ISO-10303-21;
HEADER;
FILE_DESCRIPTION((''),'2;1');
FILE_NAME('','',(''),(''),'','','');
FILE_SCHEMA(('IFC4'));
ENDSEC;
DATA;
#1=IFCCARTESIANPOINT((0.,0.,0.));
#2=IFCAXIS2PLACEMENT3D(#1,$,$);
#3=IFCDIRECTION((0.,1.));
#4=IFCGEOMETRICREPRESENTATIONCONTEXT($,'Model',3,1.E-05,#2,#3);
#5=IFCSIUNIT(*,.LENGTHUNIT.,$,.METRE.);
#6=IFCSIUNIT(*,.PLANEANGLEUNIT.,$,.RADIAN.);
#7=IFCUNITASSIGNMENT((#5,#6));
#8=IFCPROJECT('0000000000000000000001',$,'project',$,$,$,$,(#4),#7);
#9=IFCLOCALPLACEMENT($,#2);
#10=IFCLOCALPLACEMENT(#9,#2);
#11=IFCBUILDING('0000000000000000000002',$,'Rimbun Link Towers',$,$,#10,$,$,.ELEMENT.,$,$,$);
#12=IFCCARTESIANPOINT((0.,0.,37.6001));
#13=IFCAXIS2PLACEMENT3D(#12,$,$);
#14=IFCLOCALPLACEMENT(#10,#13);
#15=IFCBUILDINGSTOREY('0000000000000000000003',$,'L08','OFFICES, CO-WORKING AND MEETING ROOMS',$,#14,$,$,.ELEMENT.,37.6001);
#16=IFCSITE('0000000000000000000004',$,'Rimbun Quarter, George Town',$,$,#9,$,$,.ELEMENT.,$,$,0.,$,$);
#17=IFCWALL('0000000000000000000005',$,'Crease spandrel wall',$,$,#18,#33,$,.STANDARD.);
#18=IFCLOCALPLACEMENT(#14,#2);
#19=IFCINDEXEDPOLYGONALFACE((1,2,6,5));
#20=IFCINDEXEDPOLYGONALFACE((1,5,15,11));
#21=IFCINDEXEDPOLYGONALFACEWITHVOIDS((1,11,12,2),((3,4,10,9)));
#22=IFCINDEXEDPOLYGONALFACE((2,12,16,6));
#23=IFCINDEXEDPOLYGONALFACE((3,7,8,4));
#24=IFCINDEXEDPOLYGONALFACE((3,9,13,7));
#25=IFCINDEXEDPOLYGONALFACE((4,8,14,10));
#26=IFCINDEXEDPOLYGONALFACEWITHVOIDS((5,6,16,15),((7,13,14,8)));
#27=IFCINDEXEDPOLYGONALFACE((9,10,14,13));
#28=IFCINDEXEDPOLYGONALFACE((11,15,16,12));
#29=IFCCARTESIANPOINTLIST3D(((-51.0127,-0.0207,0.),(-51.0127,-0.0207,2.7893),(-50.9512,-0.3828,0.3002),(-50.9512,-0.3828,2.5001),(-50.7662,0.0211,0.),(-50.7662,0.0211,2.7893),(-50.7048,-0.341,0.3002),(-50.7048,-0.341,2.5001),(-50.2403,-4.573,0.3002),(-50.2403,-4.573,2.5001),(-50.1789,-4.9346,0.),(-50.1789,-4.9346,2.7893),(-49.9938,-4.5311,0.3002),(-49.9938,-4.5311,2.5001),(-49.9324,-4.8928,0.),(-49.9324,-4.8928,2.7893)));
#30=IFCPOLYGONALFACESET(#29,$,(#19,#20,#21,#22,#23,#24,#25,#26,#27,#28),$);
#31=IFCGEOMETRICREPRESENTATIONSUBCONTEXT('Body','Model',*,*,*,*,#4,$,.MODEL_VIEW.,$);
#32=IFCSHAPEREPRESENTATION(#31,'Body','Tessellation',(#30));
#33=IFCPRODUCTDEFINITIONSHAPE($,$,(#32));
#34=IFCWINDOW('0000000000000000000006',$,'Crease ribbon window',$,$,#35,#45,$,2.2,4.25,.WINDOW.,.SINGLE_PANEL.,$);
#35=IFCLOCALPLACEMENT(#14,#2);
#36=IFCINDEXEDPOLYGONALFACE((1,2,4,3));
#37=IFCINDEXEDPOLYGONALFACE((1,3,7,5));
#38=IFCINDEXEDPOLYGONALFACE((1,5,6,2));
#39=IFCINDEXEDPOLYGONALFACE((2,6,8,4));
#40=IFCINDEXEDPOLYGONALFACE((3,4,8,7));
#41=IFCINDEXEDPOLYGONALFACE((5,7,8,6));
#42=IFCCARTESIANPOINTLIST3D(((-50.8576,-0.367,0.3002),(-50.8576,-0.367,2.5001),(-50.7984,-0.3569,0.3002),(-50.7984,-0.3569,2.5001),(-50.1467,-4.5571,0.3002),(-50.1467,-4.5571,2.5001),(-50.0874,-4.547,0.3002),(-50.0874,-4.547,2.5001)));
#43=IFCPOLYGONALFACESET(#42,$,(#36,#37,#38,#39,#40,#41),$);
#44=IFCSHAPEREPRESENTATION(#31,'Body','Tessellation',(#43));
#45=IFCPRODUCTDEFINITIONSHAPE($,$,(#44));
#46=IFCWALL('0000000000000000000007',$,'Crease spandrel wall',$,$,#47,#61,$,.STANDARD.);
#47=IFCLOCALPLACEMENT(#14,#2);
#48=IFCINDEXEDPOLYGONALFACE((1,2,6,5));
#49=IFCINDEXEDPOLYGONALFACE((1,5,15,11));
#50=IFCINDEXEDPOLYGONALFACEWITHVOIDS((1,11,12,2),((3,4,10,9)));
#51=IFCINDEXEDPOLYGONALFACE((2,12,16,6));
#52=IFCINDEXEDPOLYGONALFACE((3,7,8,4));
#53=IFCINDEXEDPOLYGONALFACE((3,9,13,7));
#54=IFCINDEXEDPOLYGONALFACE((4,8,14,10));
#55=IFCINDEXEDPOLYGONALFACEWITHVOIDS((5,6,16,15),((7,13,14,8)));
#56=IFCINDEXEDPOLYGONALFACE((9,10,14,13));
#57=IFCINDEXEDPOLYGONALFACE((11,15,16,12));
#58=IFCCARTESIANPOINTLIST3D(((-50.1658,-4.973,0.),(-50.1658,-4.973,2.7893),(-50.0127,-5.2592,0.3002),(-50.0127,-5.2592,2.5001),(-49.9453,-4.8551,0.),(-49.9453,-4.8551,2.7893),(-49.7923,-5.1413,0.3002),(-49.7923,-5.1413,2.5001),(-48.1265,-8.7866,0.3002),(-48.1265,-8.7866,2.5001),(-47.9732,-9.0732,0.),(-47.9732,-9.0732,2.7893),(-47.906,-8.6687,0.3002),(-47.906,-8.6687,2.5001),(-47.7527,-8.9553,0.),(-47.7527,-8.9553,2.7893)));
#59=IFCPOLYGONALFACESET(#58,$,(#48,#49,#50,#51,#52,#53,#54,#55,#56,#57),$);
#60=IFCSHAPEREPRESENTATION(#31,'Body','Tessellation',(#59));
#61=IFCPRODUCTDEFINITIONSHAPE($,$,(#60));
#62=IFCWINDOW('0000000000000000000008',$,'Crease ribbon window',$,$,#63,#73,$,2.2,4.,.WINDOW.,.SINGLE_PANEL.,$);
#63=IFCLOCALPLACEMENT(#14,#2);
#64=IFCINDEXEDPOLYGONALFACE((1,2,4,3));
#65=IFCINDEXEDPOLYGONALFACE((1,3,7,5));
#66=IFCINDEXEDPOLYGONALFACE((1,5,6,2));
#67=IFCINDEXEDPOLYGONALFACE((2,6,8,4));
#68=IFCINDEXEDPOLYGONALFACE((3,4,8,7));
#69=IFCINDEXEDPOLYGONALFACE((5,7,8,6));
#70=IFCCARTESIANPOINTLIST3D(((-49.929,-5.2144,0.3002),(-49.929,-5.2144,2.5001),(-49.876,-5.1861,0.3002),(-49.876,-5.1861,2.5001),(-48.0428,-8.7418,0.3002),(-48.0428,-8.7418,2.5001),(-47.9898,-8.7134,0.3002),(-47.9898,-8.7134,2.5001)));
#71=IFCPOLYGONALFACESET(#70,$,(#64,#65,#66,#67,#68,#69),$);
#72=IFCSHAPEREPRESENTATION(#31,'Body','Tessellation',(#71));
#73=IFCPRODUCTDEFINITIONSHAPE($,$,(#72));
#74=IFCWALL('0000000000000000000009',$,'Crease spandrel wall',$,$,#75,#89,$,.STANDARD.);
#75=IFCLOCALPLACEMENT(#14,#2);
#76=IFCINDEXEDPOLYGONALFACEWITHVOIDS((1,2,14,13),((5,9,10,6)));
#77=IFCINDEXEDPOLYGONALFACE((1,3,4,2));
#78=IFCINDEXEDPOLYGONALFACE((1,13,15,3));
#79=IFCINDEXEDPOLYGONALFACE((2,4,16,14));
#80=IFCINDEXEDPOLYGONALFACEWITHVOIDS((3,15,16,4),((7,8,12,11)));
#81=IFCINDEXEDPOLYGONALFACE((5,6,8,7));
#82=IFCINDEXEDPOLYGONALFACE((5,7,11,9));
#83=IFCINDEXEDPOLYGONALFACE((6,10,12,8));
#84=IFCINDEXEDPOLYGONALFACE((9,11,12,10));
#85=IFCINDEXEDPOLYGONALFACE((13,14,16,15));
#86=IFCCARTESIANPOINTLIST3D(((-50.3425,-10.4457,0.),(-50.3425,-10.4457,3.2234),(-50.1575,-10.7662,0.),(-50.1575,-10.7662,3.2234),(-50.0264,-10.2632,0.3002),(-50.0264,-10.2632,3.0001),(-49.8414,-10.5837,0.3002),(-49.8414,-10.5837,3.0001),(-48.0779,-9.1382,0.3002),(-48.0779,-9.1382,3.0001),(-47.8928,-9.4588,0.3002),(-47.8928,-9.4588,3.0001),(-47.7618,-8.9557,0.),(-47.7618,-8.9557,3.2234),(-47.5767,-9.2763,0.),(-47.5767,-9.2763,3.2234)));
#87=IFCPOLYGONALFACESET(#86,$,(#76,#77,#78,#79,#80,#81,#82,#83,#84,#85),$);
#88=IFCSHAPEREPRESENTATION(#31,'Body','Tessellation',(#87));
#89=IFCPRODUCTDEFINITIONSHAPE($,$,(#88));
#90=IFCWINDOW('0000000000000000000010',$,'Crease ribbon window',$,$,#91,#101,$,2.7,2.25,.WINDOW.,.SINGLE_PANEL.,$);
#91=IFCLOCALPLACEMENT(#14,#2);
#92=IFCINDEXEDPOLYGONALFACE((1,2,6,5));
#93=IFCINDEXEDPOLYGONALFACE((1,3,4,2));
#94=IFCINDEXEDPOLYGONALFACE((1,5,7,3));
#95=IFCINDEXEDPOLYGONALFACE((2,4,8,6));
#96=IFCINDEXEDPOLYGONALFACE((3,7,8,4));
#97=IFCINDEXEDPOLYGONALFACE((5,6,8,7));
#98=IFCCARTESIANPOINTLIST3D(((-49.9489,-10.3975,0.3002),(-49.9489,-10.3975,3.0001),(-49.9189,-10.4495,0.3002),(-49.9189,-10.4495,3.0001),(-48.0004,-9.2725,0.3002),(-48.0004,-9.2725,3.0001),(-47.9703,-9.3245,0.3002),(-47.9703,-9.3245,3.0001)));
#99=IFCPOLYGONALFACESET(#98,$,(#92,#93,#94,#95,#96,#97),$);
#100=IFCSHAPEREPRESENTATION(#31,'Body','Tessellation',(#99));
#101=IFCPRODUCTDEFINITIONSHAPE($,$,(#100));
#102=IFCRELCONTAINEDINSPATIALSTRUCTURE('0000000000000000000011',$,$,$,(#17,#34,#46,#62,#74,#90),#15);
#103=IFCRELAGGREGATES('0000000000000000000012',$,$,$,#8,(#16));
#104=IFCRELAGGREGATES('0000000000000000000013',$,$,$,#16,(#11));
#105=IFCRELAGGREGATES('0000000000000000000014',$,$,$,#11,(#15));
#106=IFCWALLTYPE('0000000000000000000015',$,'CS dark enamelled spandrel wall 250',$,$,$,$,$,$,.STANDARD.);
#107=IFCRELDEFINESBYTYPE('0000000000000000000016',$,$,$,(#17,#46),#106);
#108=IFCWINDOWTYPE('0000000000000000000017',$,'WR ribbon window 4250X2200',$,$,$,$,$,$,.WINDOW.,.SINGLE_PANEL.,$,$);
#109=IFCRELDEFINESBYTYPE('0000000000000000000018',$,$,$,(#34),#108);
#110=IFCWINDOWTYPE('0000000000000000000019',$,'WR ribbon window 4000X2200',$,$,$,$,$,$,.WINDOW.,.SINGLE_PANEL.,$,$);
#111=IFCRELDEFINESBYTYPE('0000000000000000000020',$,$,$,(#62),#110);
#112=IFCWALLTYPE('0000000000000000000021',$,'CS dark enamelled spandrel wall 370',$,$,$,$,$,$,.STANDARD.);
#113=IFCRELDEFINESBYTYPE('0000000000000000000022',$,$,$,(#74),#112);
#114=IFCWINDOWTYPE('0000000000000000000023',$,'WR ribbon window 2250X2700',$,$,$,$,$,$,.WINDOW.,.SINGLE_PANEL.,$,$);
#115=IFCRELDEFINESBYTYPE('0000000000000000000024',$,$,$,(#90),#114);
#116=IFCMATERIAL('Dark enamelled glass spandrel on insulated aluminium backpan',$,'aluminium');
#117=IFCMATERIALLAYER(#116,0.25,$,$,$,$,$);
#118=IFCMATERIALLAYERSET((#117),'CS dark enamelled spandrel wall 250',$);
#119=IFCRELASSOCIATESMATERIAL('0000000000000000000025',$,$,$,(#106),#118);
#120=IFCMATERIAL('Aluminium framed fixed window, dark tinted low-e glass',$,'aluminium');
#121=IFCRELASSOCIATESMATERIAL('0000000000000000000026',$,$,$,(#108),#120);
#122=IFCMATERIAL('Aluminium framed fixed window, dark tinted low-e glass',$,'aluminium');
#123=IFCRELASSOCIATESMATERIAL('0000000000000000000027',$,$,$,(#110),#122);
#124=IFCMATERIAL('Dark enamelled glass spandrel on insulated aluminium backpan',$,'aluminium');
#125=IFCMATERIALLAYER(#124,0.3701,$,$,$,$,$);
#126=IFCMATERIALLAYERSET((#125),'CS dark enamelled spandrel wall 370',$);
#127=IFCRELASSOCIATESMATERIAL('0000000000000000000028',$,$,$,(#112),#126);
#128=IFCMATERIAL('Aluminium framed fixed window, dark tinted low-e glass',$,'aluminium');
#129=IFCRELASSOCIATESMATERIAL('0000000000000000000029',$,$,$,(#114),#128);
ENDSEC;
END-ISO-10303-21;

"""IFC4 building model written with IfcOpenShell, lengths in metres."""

from ifc_helpers import new_model, si_unit, direction, frame, frame_2d, origin, place, context, subcontext, project, spatial, rectangle, extrude, material, layer, layer_set, type_object, element, fill, save


model = new_model("IFC4")

# Units and contexts
model_context = context("Model", 3, precision=1e-05, world=origin(), true_north=direction((0.0, 1.0)))
body_context = subcontext(model_context, "Body", "Model", "MODEL_VIEW")
ifc_project = project(units=[si_unit("LENGTHUNIT", "METRE"), si_unit("PLANEANGLEUNIT", "RADIAN")], contexts=[model_context])

# Site, building, storey
site_placement = place(None, origin())
site = spatial("IfcSite", under=ifc_project, at=site_placement, Name="Rimbun Quarter, George Town", CompositionType="ELEMENT", RefElevation=0.0)
building_placement = place(site_placement, origin())
building = spatial("IfcBuilding", under=site, at=building_placement, Name="Rimbun Link Towers", CompositionType="ELEMENT")
storey_placement = place(building_placement, frame((0.0, 0.0, 37.6001)))
storey = spatial("IfcBuildingStorey", under=building, at=storey_placement, Name="L08", Description="OFFICES, CO-WORKING AND MEETING ROOMS", CompositionType="ELEMENT", Elevation=37.6001)

# Walls, openings, windows
ifc_material_1 = material(Name="Dark enamelled glass spandrel on insulated aluminium backpan", Category="aluminium")
ifc_layer_1 = layer(ifc_material_1, 0.25)
ifc_layer_set_1 = layer_set([ifc_layer_1], Name="CS dark enamelled spandrel wall 250")
wall_type_1 = type_object("IfcWallType", Name="CS dark enamelled spandrel wall 250", PredefinedType="STANDARD", material=ifc_layer_set_1)
ifc_material_2 = material(Name="Aluminium framed fixed window, dark tinted low-e glass", Category="aluminium")
window_type_1 = type_object("IfcWindowType", Name="WR ribbon window 4250X2200", PartitioningType="SINGLE_PANEL", PredefinedType="WINDOW", material=ifc_material_2)
wall_1_placement = place(storey_placement, frame((-50.0557, -4.9138, 0.0), z_axis=(0.0, 0.0, 1.0), x_axis=(-0.167282, 0.985909, 0.0)))
wall_1 = element("IfcWall", 1, at=wall_1_placement, inside=storey, type_object=wall_type_1, Name="Crease spandrel wall", PredefinedType="STANDARD", context=body_context, shape_type="SweptSolid", body=[
    extrude(rectangle(XDim=4.9841, YDim=0.25, at=frame_2d((2.4922, 0.0))), origin(), (0.0, 0.0, 1.0), 2.7893),
])
opening_1_placement = place(wall_1_placement, frame((0.3669, 0.0, 0.3)))
opening_1 = element("IfcOpeningElement", 2, at=opening_1_placement, cuts=wall_1, PredefinedType="OPENING", context=body_context, shape_type="SweptSolid", body=[
    extrude(rectangle(XDim=4.25, YDim=2.2, at=frame_2d((2.125, 1.1001))), frame((0.0, 0.135, 0.0), z_axis=(0.0, -1.0, 0.0), x_axis=(1.0, 0.0, 0.0)), (0.0, 0.0, 1.0), 0.27),
])
window_1_placement = place(opening_1_placement, origin())
window_1 = element("IfcWindow", 3, at=window_1_placement, inside=storey, type_object=window_type_1, Name="Crease ribbon window", OverallHeight=2.2, OverallWidth=4.25, PartitioningType="SINGLE_PANEL", PredefinedType="WINDOW", context=body_context, shape_type="SweptSolid", body=[
    extrude(rectangle(XDim=4.25, YDim=2.2, at=frame_2d((2.125, 1.1001))), frame((0.0, 0.03, 0.0), z_axis=(0.0, -1.0, 0.0), x_axis=(1.0, 0.0, 0.0)), (0.0, 0.0, 1.0), 0.0601),
])
fill(opening_1, window_1)
wall_2_placement = place(storey_placement, frame((-47.863, -9.0142, 0.0), z_axis=(0.0, 0.0, 1.0), x_axis=(-0.471555, 0.881836, 0.0)))
wall_2 = element("IfcWall", 4, at=wall_2_placement, inside=storey, type_object=wall_type_1, Name="Crease spandrel wall", PredefinedType="STANDARD", context=body_context, shape_type="SweptSolid", body=[
    extrude(rectangle(XDim=4.6497, YDim=0.25, at=frame_2d((2.3247, 0.0))), origin(), (0.0, 0.0, 1.0), 2.7893),
])
opening_2_placement = place(wall_2_placement, frame((0.325, 0.0, 0.3)))
opening_2 = element("IfcOpeningElement", 5, at=opening_2_placement, cuts=wall_2, PredefinedType="OPENING", context=body_context, shape_type="SweptSolid", body=[
    extrude(rectangle(XDim=4.0, YDim=2.2, at=frame_2d((2.0, 1.1001))), frame((0.0, 0.135, 0.0), z_axis=(0.0, -1.0, 0.0), x_axis=(1.0, 0.0, 0.0)), (0.0, 0.0, 1.0), 0.27),
])
ifc_material_3 = material(Name="Aluminium framed fixed window, dark tinted low-e glass", Category="aluminium")
window_type_2 = type_object("IfcWindowType", Name="WR ribbon window 4000X2200", PartitioningType="SINGLE_PANEL", PredefinedType="WINDOW", material=ifc_material_3)
window_2_placement = place(opening_2_placement, origin())
window_2 = element("IfcWindow", 6, at=window_2_placement, inside=storey, type_object=window_type_2, Name="Crease ribbon window", OverallHeight=2.2, OverallWidth=4.0, PartitioningType="SINGLE_PANEL", PredefinedType="WINDOW", context=body_context, shape_type="SweptSolid", body=[
    extrude(rectangle(XDim=4.0, YDim=2.2, at=frame_2d((2.0, 1.1001))), frame((0.0, 0.03, 0.0), z_axis=(0.0, -1.0, 0.0), x_axis=(1.0, 0.0, 0.0)), (0.0, 0.0, 1.0), 0.0601),
])
fill(opening_2, window_2)
ifc_material_4 = material(Name="Dark enamelled glass spandrel on insulated aluminium backpan", Category="aluminium")
ifc_layer_2 = layer(ifc_material_4, 0.3701)
ifc_layer_set_2 = layer_set([ifc_layer_2], Name="CS dark enamelled spandrel wall 370")
wall_type_2 = type_object("IfcWallType", Name="CS dark enamelled spandrel wall 370", PredefinedType="STANDARD", material=ifc_layer_set_2)
wall_3_placement = place(storey_placement, frame((-50.25, -10.606, 0.0), z_axis=(0.0, 0.0, 1.0), x_axis=(0.866031, 0.49999, 0.0)))
wall_3 = element("IfcWall", 7, at=wall_3_placement, inside=storey, type_object=wall_type_2, Name="Crease spandrel wall", PredefinedType="STANDARD", context=body_context, shape_type="SweptSolid", body=[
    extrude(rectangle(XDim=2.98, YDim=0.3701, at=frame_2d((1.49, 0.0))), origin(), (0.0, 0.0, 1.0), 3.2234),
])
opening_3_placement = place(wall_3_placement, frame((0.365, 0.0, 0.3)))
opening_3 = element("IfcOpeningElement", 8, at=opening_3_placement, cuts=wall_3, PredefinedType="OPENING", context=body_context, shape_type="SweptSolid", body=[
    extrude(rectangle(XDim=2.25, YDim=2.7, at=frame_2d((1.125, 1.3501))), frame((0.0, 0.1951, 0.0), z_axis=(0.0, -1.0, 0.0), x_axis=(1.0, 0.0, 0.0)), (0.0, 0.0, 1.0), 0.3901),
])
ifc_material_5 = material(Name="Aluminium framed fixed window, dark tinted low-e glass", Category="aluminium")
window_type_3 = type_object("IfcWindowType", Name="WR ribbon window 2250X2700", PartitioningType="SINGLE_PANEL", PredefinedType="WINDOW", material=ifc_material_5)
window_3_placement = place(opening_3_placement, origin())
window_3 = element("IfcWindow", 9, at=window_3_placement, inside=storey, type_object=window_type_3, Name="Crease ribbon window", OverallHeight=2.7, OverallWidth=2.25, PartitioningType="SINGLE_PANEL", PredefinedType="WINDOW", context=body_context, shape_type="SweptSolid", body=[
    extrude(rectangle(XDim=2.25, YDim=2.7, at=frame_2d((1.125, 1.3501))), frame((0.0, 0.03, 0.0), z_axis=(0.0, -1.0, 0.0), x_axis=(1.0, 0.0, 0.0)), (0.0, 0.0, 1.0), 0.0601),
])
fill(opening_3, window_3)

save(model, "model.ifc")
